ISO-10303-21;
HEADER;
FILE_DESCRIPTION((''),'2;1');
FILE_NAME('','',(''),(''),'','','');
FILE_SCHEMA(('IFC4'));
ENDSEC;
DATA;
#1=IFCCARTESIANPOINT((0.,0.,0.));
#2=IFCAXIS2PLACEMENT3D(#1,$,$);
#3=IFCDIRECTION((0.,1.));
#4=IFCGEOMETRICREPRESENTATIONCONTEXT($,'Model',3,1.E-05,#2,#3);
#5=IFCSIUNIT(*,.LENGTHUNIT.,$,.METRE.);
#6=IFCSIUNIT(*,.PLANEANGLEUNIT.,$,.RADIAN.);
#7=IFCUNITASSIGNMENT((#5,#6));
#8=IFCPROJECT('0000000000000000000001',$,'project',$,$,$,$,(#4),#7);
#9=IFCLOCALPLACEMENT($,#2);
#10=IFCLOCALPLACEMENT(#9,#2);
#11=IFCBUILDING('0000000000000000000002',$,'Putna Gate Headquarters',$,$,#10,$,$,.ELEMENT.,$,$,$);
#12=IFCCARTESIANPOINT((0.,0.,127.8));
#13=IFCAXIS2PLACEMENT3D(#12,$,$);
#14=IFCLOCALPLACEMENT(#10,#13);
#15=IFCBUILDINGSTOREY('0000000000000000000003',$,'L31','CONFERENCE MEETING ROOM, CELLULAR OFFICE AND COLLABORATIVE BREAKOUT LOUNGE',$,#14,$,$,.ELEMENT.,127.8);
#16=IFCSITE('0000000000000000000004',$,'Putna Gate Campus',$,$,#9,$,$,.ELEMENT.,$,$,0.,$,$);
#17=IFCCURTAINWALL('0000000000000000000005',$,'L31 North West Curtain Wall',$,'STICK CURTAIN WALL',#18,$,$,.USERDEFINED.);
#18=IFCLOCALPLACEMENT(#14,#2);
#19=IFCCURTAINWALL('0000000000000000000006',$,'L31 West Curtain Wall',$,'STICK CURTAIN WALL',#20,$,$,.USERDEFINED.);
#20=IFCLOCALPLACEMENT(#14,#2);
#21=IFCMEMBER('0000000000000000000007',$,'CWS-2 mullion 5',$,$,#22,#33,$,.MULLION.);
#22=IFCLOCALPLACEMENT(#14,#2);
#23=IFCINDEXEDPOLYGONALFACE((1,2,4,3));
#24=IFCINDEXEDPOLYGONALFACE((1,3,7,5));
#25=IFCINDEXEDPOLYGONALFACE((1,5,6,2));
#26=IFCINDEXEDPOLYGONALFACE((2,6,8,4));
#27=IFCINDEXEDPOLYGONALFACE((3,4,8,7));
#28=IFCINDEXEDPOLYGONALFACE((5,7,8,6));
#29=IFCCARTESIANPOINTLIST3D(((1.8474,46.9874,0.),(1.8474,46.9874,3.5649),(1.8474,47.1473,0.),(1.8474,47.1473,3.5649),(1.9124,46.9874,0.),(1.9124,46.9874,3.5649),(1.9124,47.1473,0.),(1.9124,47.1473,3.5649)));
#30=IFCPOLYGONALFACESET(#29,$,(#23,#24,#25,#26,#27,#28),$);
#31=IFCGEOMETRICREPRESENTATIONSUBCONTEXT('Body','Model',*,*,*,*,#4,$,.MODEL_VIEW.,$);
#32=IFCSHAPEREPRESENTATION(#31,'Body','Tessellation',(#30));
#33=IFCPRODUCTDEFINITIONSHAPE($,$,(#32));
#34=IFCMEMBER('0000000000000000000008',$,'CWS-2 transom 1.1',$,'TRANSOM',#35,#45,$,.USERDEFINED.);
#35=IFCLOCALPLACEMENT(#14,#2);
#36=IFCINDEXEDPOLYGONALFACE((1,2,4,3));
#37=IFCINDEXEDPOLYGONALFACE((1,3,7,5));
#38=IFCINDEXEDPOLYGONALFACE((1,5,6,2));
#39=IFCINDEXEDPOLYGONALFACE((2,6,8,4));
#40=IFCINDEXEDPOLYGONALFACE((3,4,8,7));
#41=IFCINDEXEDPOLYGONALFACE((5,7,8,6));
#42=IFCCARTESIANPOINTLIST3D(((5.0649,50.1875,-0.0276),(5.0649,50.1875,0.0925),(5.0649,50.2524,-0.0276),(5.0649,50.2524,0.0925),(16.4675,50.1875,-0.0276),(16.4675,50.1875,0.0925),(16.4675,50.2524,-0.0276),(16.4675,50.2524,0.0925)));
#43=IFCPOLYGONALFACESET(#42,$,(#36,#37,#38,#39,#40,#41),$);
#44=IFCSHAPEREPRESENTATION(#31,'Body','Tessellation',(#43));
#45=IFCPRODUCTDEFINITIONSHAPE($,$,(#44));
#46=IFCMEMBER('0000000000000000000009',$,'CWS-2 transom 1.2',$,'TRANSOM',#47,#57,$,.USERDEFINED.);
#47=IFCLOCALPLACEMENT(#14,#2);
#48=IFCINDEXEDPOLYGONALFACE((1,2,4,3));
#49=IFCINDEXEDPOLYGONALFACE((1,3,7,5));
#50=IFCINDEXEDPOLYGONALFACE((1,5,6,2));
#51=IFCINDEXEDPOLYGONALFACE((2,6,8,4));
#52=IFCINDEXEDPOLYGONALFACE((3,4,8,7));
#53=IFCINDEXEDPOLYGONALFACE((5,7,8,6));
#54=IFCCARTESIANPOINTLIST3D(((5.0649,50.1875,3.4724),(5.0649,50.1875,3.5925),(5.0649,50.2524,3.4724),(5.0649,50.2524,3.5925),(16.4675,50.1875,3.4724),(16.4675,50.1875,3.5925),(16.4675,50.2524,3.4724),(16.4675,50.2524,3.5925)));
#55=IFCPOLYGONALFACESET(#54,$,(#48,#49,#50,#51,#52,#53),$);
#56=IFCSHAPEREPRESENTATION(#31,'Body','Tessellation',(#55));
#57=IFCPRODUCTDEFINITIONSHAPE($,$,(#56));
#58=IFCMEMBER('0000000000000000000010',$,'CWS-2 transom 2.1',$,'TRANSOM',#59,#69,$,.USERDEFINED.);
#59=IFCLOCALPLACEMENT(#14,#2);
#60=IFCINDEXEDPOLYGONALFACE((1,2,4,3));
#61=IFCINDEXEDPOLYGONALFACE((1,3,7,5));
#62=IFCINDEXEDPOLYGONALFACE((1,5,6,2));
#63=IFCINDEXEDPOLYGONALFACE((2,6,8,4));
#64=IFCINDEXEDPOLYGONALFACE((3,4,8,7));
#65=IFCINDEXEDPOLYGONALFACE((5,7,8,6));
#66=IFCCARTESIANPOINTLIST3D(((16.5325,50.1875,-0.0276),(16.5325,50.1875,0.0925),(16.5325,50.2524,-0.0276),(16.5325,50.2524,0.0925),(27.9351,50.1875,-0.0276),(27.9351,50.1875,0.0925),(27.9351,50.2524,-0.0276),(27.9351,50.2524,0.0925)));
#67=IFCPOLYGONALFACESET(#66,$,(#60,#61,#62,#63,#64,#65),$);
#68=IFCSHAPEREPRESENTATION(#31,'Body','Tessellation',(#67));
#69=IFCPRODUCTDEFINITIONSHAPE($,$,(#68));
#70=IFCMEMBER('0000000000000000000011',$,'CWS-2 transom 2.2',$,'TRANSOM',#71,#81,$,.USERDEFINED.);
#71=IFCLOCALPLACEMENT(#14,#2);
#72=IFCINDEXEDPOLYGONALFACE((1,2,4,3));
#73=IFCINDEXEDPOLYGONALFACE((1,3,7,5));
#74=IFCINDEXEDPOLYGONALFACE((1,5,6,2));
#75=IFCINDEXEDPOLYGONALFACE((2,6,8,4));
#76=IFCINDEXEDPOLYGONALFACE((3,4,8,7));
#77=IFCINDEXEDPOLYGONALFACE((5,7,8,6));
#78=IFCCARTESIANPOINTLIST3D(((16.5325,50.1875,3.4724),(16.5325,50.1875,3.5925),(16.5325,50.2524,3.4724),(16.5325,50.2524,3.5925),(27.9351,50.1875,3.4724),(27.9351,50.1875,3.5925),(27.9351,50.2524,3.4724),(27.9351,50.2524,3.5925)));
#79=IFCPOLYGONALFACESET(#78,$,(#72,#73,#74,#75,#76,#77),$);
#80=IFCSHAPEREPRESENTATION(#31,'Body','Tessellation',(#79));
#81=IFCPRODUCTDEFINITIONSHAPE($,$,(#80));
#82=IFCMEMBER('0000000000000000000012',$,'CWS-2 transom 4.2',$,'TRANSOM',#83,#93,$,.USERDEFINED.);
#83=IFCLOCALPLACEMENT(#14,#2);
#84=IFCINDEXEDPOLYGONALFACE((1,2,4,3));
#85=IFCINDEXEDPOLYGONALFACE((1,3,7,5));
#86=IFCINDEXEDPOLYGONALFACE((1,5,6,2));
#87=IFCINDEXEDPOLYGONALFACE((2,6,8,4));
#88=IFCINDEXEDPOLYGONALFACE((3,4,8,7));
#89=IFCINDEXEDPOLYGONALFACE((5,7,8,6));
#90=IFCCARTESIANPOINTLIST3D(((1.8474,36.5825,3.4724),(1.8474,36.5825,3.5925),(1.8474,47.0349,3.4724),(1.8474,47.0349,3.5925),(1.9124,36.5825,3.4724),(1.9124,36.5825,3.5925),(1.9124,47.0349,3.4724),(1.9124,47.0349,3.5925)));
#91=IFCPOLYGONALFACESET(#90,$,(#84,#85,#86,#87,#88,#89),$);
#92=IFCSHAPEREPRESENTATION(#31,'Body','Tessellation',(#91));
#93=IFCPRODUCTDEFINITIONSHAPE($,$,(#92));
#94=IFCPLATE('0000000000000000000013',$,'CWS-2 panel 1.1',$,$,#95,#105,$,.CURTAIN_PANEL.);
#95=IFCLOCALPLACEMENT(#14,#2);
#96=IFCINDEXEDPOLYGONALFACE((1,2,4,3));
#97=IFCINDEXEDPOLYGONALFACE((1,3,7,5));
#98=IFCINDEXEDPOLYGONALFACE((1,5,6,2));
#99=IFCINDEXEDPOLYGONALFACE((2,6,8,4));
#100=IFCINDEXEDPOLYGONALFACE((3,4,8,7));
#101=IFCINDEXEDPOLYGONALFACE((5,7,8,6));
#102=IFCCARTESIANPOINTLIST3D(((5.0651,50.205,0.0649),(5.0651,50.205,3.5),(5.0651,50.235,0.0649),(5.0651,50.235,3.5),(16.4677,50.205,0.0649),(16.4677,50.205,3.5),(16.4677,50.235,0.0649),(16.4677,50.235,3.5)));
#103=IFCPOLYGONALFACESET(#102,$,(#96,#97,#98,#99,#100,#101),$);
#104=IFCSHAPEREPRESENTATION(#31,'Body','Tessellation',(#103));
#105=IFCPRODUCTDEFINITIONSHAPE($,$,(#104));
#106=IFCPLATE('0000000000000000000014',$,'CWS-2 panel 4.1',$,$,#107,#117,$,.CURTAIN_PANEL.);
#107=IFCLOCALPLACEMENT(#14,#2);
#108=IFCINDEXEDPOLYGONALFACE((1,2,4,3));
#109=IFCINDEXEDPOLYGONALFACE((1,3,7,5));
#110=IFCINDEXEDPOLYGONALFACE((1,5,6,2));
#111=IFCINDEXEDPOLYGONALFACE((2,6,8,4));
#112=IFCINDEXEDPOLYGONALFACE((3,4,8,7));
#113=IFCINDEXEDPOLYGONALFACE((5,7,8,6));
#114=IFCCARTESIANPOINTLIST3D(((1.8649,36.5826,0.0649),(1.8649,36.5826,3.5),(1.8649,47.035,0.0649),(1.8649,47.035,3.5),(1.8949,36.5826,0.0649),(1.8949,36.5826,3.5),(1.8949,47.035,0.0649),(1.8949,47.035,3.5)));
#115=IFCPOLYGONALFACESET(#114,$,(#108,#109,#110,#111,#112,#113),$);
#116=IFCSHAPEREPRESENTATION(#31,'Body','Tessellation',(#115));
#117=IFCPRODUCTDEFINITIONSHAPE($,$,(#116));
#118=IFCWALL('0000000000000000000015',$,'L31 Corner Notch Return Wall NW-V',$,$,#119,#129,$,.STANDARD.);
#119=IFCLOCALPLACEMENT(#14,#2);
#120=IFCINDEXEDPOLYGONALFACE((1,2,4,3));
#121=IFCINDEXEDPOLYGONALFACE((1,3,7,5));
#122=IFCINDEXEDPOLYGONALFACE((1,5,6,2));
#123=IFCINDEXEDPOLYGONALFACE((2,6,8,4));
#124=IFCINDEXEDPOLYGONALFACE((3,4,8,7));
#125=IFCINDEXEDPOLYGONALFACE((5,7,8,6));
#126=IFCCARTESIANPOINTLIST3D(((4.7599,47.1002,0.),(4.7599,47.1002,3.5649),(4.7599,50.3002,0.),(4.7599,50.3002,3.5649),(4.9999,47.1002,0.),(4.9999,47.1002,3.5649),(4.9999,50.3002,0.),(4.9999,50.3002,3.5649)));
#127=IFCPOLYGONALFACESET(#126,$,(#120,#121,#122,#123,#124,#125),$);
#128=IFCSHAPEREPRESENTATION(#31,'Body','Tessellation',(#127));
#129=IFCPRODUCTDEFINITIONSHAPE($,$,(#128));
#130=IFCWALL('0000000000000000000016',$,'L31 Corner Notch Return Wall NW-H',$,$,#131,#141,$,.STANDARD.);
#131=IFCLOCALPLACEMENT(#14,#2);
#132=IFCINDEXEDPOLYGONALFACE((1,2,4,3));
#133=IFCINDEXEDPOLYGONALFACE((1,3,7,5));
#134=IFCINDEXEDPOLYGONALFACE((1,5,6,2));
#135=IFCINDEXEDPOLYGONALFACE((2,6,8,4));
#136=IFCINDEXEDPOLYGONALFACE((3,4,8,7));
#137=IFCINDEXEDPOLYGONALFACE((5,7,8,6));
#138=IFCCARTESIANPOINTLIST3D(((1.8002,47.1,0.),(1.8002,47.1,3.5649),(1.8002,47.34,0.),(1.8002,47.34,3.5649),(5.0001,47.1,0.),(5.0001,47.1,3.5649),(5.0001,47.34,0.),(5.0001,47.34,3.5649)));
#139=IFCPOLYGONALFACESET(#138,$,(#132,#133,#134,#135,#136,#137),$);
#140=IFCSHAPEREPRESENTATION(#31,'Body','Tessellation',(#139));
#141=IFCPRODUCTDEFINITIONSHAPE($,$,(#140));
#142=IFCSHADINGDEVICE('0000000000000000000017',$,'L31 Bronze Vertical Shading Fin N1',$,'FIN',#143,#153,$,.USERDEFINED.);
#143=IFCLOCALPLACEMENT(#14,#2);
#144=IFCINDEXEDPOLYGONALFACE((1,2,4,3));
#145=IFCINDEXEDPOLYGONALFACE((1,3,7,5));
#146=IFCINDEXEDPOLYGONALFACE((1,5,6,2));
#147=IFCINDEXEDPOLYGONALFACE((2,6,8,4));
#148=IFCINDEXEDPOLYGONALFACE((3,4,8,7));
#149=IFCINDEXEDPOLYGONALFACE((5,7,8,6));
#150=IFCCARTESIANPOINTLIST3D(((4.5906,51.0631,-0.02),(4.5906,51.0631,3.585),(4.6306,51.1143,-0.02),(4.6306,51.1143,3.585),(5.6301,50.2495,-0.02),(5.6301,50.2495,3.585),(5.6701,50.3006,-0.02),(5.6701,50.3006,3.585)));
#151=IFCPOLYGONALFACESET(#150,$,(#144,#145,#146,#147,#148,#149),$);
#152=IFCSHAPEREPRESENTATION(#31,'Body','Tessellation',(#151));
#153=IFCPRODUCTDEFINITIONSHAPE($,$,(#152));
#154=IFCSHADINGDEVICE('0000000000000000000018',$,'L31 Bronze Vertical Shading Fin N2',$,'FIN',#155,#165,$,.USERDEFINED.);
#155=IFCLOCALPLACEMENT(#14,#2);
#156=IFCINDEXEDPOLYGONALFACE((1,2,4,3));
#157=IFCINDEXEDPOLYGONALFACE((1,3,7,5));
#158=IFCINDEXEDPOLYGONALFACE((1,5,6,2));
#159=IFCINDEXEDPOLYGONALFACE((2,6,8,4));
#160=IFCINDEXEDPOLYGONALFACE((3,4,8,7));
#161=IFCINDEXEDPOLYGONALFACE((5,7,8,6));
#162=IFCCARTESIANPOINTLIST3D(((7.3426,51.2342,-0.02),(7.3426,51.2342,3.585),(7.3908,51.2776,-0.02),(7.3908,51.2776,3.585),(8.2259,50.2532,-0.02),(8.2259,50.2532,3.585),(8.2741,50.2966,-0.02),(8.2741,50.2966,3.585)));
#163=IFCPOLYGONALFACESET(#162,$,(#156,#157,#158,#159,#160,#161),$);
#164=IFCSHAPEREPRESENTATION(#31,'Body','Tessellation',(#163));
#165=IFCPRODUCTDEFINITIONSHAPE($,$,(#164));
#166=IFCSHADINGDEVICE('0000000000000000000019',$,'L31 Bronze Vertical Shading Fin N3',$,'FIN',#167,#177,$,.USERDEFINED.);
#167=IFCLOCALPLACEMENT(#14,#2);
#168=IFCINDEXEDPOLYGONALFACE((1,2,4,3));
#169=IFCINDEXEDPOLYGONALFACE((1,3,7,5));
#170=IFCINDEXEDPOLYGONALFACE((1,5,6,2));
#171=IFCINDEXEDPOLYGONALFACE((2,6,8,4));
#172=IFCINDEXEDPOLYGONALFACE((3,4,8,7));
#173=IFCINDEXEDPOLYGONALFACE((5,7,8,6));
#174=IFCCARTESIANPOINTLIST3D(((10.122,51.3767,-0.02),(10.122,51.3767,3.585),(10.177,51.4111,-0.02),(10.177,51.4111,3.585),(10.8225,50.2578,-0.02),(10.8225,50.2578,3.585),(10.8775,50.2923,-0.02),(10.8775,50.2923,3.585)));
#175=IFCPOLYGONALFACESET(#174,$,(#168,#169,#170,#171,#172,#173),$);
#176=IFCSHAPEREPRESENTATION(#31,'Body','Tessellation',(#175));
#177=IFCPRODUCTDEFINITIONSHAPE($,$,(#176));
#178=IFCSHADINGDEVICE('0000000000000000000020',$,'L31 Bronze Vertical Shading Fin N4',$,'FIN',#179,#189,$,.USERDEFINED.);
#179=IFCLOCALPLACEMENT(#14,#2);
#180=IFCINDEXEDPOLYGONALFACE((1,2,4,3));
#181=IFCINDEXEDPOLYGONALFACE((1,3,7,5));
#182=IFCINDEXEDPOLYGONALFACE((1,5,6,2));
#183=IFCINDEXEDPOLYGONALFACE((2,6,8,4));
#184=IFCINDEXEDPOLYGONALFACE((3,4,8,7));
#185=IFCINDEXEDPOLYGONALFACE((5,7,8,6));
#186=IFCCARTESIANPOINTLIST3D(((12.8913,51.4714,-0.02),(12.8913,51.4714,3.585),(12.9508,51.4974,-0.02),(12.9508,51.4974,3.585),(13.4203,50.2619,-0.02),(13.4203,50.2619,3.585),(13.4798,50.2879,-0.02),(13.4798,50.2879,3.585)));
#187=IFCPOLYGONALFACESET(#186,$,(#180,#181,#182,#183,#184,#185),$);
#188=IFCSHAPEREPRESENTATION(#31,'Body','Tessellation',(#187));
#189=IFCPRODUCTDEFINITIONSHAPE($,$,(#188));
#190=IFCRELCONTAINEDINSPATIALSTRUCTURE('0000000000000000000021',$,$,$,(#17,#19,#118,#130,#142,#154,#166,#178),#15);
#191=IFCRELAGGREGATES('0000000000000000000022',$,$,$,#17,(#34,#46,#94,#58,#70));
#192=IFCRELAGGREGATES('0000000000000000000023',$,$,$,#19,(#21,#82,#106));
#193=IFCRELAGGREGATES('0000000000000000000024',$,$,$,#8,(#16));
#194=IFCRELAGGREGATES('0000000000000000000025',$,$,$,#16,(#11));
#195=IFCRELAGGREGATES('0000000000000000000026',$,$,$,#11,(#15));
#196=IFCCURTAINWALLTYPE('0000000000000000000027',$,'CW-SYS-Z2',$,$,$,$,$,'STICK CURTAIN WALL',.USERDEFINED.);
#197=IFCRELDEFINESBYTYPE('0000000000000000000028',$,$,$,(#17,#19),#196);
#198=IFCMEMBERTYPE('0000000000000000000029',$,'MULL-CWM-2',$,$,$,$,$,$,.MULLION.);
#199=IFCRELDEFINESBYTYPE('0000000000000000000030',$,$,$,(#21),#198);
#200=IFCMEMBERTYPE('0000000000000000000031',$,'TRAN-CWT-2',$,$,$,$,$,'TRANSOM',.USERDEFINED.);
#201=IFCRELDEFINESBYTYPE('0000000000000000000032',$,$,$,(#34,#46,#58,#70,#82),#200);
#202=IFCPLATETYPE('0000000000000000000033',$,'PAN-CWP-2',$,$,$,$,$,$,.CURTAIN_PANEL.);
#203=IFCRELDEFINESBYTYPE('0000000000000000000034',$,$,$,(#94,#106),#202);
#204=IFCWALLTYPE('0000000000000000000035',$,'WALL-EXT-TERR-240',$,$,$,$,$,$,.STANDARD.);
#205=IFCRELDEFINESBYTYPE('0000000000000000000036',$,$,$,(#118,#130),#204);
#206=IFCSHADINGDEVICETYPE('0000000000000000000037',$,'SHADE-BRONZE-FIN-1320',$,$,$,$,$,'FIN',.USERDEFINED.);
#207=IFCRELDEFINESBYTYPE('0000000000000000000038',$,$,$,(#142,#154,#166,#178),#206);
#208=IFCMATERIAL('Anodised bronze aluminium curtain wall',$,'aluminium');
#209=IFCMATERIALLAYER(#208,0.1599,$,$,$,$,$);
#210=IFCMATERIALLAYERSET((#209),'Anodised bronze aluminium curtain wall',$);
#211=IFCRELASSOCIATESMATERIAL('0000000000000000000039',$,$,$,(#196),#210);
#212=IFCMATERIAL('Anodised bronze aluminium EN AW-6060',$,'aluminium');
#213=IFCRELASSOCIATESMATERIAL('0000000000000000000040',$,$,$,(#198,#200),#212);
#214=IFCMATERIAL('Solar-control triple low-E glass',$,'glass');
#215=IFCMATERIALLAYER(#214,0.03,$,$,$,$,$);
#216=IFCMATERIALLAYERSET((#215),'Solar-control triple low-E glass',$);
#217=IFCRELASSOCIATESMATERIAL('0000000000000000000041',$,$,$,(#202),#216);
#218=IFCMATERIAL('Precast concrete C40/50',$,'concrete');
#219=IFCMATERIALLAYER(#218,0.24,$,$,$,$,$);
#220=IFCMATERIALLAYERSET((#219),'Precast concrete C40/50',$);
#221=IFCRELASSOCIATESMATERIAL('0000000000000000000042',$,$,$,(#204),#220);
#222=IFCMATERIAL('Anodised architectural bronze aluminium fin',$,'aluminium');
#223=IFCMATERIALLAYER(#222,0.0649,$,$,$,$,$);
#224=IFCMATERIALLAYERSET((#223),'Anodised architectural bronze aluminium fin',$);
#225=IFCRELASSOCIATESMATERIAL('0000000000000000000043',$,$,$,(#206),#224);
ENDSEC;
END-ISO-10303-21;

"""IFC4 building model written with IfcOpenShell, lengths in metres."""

from ifc_helpers import new_model, si_unit, direction, frame, frame_2d, origin, origin_2d, place, context, subcontext, project, spatial, rectangle, extrude, material, layer, layer_set, material_profile, profile_set, type_object, element, aggregate, save


model = new_model("IFC4")

# Units and contexts
model_context = context("Model", 3, precision=1e-05, world=origin(), true_north=direction((0.0, 1.0)))
body_context = subcontext(model_context, "Body", "Model", "MODEL_VIEW")
ifc_project = project(units=[si_unit("LENGTHUNIT", "METRE"), si_unit("PLANEANGLEUNIT", "RADIAN")], contexts=[model_context])

# Site, building, storey
site_placement = place(None, origin())
site = spatial("IfcSite", under=ifc_project, at=site_placement, Name="Putna Gate Campus", CompositionType="ELEMENT", RefElevation=0.0)
building_placement = place(site_placement, origin())
building = spatial("IfcBuilding", under=site, at=building_placement, Name="Putna Gate Headquarters", CompositionType="ELEMENT")
storey_placement = place(building_placement, frame((0.0, 0.0, 127.8)))
storey = spatial("IfcBuildingStorey", under=building, at=storey_placement, Name="L31", Description="CONFERENCE MEETING ROOM, CELLULAR OFFICE AND COLLABORATIVE BREAKOUT LOUNGE", CompositionType="ELEMENT", Elevation=127.8)

# Curtain wall
ifc_material_1 = material(Name="Anodised bronze aluminium curtain wall", Category="aluminium")
ifc_layer_1 = layer(ifc_material_1, 0.1599)
ifc_layer_set_1 = layer_set([ifc_layer_1], Name="Anodised bronze aluminium curtain wall")
curtain_wall_type = type_object("IfcCurtainWallType", Name="CW-SYS-Z2", ElementType="STICK CURTAIN WALL", PredefinedType="USERDEFINED", material=ifc_layer_set_1)
curtain_wall_1_placement = place(storey_placement, origin())
curtain_wall_1 = element("IfcCurtainWall", 1, at=curtain_wall_1_placement, inside=storey, type_object=curtain_wall_type, Name="L31 North West Curtain Wall", ObjectType="STICK CURTAIN WALL", PredefinedType="USERDEFINED")
ifc_material_2 = material(Name="Anodised bronze aluminium EN AW-6060", Category="aluminium")
ifc_material_profile_1 = material_profile(ifc_material_2, rectangle(XDim=0.0649, YDim=0.1599, at=origin_2d()), Name="Anodised bronze aluminium EN AW-6060")
ifc_profile_set_1 = profile_set([ifc_material_profile_1], Name="Anodised bronze aluminium EN AW-6060")
member_type_1 = type_object("IfcMemberType", Name="MULL-CWM-2", PredefinedType="MULLION", material=ifc_profile_set_1)

# Curtain wall, member
curtain_wall_2_placement = place(storey_placement, origin())
curtain_wall_2 = element("IfcCurtainWall", 2, at=curtain_wall_2_placement, inside=storey, type_object=curtain_wall_type, Name="L31 West Curtain Wall", ObjectType="STICK CURTAIN WALL", PredefinedType="USERDEFINED")
member_1_placement = place(storey_placement, frame((1.8799, 47.0674, 0.0), z_axis=(0.0, 0.0, 1.0), x_axis=(-1.0, 0.0, 0.0)))
member_1 = element("IfcMember", 3, at=member_1_placement, type_object=member_type_1, Name="CWS-2 mullion 5", PredefinedType="MULLION", context=body_context, shape_type="SweptSolid", body=[
    extrude(rectangle(XDim=0.0649, YDim=0.1599, at=origin_2d()), origin(), (0.0, 0.0, 1.0), 3.5649),
])

# Members
ifc_material_profile_2 = material_profile(ifc_material_2, rectangle(XDim=0.0649, YDim=0.1201, at=origin_2d()), Name="Anodised bronze aluminium EN AW-6060")
ifc_profile_set_2 = profile_set([ifc_material_profile_2], Name="Anodised bronze aluminium EN AW-6060")
member_type_2 = type_object("IfcMemberType", Name="TRAN-CWT-2", ElementType="TRANSOM", PredefinedType="USERDEFINED", material=ifc_profile_set_2)
member_2_placement = place(storey_placement, frame((5.0649, 50.22, 0.0325), z_axis=(1.0, 0.0, 0.0), x_axis=(0.0, 1.0, 0.0)))
member_2 = element("IfcMember", 4, at=member_2_placement, type_object=member_type_2, Name="CWS-2 transom 1.1", ObjectType="TRANSOM", PredefinedType="USERDEFINED", context=body_context, shape_type="SweptSolid", body=[
    extrude(rectangle(XDim=0.0649, YDim=0.1201, at=origin_2d()), origin(), (0.0, 0.0, 1.0), 11.4026),
])
member_3_placement = place(storey_placement, frame((5.0649, 50.22, 3.5325), z_axis=(1.0, 0.0, 0.0), x_axis=(0.0, 1.0, 0.0)))
member_3 = element("IfcMember", 5, at=member_3_placement, type_object=member_type_2, Name="CWS-2 transom 1.2", ObjectType="TRANSOM", PredefinedType="USERDEFINED", context=body_context, shape_type="SweptSolid", body=[
    extrude(rectangle(XDim=0.0649, YDim=0.1201, at=origin_2d()), origin(), (0.0, 0.0, 1.0), 11.4026),
])
member_4_placement = place(storey_placement, frame((16.5325, 50.22, 0.0325), z_axis=(1.0, 0.0, 0.0), x_axis=(0.0, 1.0, 0.0)))
member_4 = element("IfcMember", 6, at=member_4_placement, type_object=member_type_2, Name="CWS-2 transom 2.1", ObjectType="TRANSOM", PredefinedType="USERDEFINED", context=body_context, shape_type="SweptSolid", body=[
    extrude(rectangle(XDim=0.0649, YDim=0.1201, at=origin_2d()), origin(), (0.0, 0.0, 1.0), 11.4026),
])
member_5_placement = place(storey_placement, frame((16.5325, 50.22, 3.5325), z_axis=(1.0, 0.0, 0.0), x_axis=(0.0, 1.0, 0.0)))
member_5 = element("IfcMember", 7, at=member_5_placement, type_object=member_type_2, Name="CWS-2 transom 2.2", ObjectType="TRANSOM", PredefinedType="USERDEFINED", context=body_context, shape_type="SweptSolid", body=[
    extrude(rectangle(XDim=0.0649, YDim=0.1201, at=origin_2d()), origin(), (0.0, 0.0, 1.0), 11.4026),
])
member_6_placement = place(storey_placement, frame((1.8799, 36.5825, 3.5325), z_axis=(0.0, 1.0, 0.0), x_axis=(-1.0, 0.0, 0.0)))
member_6 = element("IfcMember", 8, at=member_6_placement, type_object=member_type_2, Name="CWS-2 transom 4.2", ObjectType="TRANSOM", PredefinedType="USERDEFINED", context=body_context, shape_type="SweptSolid", body=[
    extrude(rectangle(XDim=0.0649, YDim=0.1201, at=origin_2d()), origin(), (0.0, 0.0, 1.0), 10.4524),
])

# Plates
ifc_material_3 = material(Name="Solar-control triple low-E glass", Category="glass")
ifc_layer_2 = layer(ifc_material_3, 0.03)
ifc_layer_set_2 = layer_set([ifc_layer_2], Name="Solar-control triple low-E glass")
plate_type = type_object("IfcPlateType", Name="PAN-CWP-2", PredefinedType="CURTAIN_PANEL", material=ifc_layer_set_2)
plate_1_placement = place(storey_placement, frame((10.7664, 50.22, 0.0649), z_axis=(0.0, 0.0, 1.0), x_axis=(1.0, 0.0, 0.0)))
plate_1 = element("IfcPlate", 9, at=plate_1_placement, type_object=plate_type, Name="CWS-2 panel 1.1", PredefinedType="CURTAIN_PANEL", context=body_context, shape_type="SweptSolid", body=[
    extrude(rectangle(XDim=11.4026, YDim=0.03, at=origin_2d()), origin(), (0.0, 0.0, 1.0), 3.4351),
])
aggregate(curtain_wall_1, [member_2, member_3, plate_1, member_4, member_5])
plate_2_placement = place(storey_placement, frame((1.8799, 41.8088, 0.0649), z_axis=(0.0, 0.0, 1.0), x_axis=(0.0, 1.0, 0.0)))
plate_2 = element("IfcPlate", 10, at=plate_2_placement, type_object=plate_type, Name="CWS-2 panel 4.1", PredefinedType="CURTAIN_PANEL", context=body_context, shape_type="SweptSolid", body=[
    extrude(rectangle(XDim=10.4524, YDim=0.03, at=origin_2d()), origin(), (0.0, 0.0, 1.0), 3.4351),
])
aggregate(curtain_wall_2, [member_1, member_6, plate_2])

# Walls
ifc_material_4 = material(Name="Precast concrete C40/50", Category="concrete")
ifc_layer_3 = layer(ifc_material_4, 0.24)
ifc_layer_set_3 = layer_set([ifc_layer_3], Name="Precast concrete C40/50")
wall_type = type_object("IfcWallType", Name="WALL-EXT-TERR-240", PredefinedType="STANDARD", material=ifc_layer_set_3)
for number, where, z_axis, x_axis, name in (
    (11, (4.8799, 47.1001, 0.0), (0.0, 0.0, 1.0), (0.0, 1.0, 0.0), "L31 Corner Notch Return Wall NW-V"),
    (12, (1.8, 47.22, 0.0), (0.0, 0.0, 1.0), (1.0, 0.0, 0.0), "L31 Corner Notch Return Wall NW-H"),
):
    element("IfcWall", number, at=place(storey_placement, frame(where, z_axis=z_axis, x_axis=x_axis)), inside=storey, type_object=wall_type, Name=name, PredefinedType="STANDARD", context=body_context, shape_type="SweptSolid", body=[
        extrude(rectangle(XDim=3.2, YDim=0.24, at=frame_2d((1.6001, 0.0))), origin(), (0.0, 0.0, 1.0), 3.5649),
    ])

# Shading devices
ifc_material_5 = material(Name="Anodised architectural bronze aluminium fin", Category="aluminium")
ifc_layer_4 = layer(ifc_material_5, 0.0649)
ifc_layer_set_4 = layer_set([ifc_layer_4], Name="Anodised architectural bronze aluminium fin")
shading_device_type = type_object("IfcShadingDeviceType", Name="SHADE-BRONZE-FIN-1320", ElementType="FIN", PredefinedType="USERDEFINED", material=ifc_layer_set_4)
for number, where, z_axis, x_axis, name in (
    (13, (5.1304, 50.6819, -0.02), (0.0, 0.0, 1.0), (-0.787473, 0.616349, 0.0), "L31 Bronze Vertical Shading Fin N1"),
    (14, (7.8083, 50.7654, -0.02), (0.0, 0.0, 1.0), (-0.669131, 0.743145, 0.0), "L31 Bronze Vertical Shading Fin N2"),
    (15, (10.4998, 50.8345, -0.02), (0.0, 0.0, 1.0), (-0.530659, 0.847585, 0.0), "L31 Bronze Vertical Shading Fin N3"),
    (16, (13.1855, 50.8796, -0.02), (0.0, 0.0, 1.0), (-0.400669, 0.916223, 0.0), "L31 Bronze Vertical Shading Fin N4"),
):
    element("IfcShadingDevice", number, at=place(storey_placement, frame(where, z_axis=z_axis, x_axis=x_axis)), inside=storey, type_object=shading_device_type, Name=name, ObjectType="FIN", PredefinedType="USERDEFINED", context=body_context, shape_type="SweptSolid", body=[
        extrude(rectangle(XDim=1.3201, YDim=0.0649, at=origin_2d()), origin(), (0.0, 0.0, 1.0), 3.605),
    ])

save(model, "model.ifc")
